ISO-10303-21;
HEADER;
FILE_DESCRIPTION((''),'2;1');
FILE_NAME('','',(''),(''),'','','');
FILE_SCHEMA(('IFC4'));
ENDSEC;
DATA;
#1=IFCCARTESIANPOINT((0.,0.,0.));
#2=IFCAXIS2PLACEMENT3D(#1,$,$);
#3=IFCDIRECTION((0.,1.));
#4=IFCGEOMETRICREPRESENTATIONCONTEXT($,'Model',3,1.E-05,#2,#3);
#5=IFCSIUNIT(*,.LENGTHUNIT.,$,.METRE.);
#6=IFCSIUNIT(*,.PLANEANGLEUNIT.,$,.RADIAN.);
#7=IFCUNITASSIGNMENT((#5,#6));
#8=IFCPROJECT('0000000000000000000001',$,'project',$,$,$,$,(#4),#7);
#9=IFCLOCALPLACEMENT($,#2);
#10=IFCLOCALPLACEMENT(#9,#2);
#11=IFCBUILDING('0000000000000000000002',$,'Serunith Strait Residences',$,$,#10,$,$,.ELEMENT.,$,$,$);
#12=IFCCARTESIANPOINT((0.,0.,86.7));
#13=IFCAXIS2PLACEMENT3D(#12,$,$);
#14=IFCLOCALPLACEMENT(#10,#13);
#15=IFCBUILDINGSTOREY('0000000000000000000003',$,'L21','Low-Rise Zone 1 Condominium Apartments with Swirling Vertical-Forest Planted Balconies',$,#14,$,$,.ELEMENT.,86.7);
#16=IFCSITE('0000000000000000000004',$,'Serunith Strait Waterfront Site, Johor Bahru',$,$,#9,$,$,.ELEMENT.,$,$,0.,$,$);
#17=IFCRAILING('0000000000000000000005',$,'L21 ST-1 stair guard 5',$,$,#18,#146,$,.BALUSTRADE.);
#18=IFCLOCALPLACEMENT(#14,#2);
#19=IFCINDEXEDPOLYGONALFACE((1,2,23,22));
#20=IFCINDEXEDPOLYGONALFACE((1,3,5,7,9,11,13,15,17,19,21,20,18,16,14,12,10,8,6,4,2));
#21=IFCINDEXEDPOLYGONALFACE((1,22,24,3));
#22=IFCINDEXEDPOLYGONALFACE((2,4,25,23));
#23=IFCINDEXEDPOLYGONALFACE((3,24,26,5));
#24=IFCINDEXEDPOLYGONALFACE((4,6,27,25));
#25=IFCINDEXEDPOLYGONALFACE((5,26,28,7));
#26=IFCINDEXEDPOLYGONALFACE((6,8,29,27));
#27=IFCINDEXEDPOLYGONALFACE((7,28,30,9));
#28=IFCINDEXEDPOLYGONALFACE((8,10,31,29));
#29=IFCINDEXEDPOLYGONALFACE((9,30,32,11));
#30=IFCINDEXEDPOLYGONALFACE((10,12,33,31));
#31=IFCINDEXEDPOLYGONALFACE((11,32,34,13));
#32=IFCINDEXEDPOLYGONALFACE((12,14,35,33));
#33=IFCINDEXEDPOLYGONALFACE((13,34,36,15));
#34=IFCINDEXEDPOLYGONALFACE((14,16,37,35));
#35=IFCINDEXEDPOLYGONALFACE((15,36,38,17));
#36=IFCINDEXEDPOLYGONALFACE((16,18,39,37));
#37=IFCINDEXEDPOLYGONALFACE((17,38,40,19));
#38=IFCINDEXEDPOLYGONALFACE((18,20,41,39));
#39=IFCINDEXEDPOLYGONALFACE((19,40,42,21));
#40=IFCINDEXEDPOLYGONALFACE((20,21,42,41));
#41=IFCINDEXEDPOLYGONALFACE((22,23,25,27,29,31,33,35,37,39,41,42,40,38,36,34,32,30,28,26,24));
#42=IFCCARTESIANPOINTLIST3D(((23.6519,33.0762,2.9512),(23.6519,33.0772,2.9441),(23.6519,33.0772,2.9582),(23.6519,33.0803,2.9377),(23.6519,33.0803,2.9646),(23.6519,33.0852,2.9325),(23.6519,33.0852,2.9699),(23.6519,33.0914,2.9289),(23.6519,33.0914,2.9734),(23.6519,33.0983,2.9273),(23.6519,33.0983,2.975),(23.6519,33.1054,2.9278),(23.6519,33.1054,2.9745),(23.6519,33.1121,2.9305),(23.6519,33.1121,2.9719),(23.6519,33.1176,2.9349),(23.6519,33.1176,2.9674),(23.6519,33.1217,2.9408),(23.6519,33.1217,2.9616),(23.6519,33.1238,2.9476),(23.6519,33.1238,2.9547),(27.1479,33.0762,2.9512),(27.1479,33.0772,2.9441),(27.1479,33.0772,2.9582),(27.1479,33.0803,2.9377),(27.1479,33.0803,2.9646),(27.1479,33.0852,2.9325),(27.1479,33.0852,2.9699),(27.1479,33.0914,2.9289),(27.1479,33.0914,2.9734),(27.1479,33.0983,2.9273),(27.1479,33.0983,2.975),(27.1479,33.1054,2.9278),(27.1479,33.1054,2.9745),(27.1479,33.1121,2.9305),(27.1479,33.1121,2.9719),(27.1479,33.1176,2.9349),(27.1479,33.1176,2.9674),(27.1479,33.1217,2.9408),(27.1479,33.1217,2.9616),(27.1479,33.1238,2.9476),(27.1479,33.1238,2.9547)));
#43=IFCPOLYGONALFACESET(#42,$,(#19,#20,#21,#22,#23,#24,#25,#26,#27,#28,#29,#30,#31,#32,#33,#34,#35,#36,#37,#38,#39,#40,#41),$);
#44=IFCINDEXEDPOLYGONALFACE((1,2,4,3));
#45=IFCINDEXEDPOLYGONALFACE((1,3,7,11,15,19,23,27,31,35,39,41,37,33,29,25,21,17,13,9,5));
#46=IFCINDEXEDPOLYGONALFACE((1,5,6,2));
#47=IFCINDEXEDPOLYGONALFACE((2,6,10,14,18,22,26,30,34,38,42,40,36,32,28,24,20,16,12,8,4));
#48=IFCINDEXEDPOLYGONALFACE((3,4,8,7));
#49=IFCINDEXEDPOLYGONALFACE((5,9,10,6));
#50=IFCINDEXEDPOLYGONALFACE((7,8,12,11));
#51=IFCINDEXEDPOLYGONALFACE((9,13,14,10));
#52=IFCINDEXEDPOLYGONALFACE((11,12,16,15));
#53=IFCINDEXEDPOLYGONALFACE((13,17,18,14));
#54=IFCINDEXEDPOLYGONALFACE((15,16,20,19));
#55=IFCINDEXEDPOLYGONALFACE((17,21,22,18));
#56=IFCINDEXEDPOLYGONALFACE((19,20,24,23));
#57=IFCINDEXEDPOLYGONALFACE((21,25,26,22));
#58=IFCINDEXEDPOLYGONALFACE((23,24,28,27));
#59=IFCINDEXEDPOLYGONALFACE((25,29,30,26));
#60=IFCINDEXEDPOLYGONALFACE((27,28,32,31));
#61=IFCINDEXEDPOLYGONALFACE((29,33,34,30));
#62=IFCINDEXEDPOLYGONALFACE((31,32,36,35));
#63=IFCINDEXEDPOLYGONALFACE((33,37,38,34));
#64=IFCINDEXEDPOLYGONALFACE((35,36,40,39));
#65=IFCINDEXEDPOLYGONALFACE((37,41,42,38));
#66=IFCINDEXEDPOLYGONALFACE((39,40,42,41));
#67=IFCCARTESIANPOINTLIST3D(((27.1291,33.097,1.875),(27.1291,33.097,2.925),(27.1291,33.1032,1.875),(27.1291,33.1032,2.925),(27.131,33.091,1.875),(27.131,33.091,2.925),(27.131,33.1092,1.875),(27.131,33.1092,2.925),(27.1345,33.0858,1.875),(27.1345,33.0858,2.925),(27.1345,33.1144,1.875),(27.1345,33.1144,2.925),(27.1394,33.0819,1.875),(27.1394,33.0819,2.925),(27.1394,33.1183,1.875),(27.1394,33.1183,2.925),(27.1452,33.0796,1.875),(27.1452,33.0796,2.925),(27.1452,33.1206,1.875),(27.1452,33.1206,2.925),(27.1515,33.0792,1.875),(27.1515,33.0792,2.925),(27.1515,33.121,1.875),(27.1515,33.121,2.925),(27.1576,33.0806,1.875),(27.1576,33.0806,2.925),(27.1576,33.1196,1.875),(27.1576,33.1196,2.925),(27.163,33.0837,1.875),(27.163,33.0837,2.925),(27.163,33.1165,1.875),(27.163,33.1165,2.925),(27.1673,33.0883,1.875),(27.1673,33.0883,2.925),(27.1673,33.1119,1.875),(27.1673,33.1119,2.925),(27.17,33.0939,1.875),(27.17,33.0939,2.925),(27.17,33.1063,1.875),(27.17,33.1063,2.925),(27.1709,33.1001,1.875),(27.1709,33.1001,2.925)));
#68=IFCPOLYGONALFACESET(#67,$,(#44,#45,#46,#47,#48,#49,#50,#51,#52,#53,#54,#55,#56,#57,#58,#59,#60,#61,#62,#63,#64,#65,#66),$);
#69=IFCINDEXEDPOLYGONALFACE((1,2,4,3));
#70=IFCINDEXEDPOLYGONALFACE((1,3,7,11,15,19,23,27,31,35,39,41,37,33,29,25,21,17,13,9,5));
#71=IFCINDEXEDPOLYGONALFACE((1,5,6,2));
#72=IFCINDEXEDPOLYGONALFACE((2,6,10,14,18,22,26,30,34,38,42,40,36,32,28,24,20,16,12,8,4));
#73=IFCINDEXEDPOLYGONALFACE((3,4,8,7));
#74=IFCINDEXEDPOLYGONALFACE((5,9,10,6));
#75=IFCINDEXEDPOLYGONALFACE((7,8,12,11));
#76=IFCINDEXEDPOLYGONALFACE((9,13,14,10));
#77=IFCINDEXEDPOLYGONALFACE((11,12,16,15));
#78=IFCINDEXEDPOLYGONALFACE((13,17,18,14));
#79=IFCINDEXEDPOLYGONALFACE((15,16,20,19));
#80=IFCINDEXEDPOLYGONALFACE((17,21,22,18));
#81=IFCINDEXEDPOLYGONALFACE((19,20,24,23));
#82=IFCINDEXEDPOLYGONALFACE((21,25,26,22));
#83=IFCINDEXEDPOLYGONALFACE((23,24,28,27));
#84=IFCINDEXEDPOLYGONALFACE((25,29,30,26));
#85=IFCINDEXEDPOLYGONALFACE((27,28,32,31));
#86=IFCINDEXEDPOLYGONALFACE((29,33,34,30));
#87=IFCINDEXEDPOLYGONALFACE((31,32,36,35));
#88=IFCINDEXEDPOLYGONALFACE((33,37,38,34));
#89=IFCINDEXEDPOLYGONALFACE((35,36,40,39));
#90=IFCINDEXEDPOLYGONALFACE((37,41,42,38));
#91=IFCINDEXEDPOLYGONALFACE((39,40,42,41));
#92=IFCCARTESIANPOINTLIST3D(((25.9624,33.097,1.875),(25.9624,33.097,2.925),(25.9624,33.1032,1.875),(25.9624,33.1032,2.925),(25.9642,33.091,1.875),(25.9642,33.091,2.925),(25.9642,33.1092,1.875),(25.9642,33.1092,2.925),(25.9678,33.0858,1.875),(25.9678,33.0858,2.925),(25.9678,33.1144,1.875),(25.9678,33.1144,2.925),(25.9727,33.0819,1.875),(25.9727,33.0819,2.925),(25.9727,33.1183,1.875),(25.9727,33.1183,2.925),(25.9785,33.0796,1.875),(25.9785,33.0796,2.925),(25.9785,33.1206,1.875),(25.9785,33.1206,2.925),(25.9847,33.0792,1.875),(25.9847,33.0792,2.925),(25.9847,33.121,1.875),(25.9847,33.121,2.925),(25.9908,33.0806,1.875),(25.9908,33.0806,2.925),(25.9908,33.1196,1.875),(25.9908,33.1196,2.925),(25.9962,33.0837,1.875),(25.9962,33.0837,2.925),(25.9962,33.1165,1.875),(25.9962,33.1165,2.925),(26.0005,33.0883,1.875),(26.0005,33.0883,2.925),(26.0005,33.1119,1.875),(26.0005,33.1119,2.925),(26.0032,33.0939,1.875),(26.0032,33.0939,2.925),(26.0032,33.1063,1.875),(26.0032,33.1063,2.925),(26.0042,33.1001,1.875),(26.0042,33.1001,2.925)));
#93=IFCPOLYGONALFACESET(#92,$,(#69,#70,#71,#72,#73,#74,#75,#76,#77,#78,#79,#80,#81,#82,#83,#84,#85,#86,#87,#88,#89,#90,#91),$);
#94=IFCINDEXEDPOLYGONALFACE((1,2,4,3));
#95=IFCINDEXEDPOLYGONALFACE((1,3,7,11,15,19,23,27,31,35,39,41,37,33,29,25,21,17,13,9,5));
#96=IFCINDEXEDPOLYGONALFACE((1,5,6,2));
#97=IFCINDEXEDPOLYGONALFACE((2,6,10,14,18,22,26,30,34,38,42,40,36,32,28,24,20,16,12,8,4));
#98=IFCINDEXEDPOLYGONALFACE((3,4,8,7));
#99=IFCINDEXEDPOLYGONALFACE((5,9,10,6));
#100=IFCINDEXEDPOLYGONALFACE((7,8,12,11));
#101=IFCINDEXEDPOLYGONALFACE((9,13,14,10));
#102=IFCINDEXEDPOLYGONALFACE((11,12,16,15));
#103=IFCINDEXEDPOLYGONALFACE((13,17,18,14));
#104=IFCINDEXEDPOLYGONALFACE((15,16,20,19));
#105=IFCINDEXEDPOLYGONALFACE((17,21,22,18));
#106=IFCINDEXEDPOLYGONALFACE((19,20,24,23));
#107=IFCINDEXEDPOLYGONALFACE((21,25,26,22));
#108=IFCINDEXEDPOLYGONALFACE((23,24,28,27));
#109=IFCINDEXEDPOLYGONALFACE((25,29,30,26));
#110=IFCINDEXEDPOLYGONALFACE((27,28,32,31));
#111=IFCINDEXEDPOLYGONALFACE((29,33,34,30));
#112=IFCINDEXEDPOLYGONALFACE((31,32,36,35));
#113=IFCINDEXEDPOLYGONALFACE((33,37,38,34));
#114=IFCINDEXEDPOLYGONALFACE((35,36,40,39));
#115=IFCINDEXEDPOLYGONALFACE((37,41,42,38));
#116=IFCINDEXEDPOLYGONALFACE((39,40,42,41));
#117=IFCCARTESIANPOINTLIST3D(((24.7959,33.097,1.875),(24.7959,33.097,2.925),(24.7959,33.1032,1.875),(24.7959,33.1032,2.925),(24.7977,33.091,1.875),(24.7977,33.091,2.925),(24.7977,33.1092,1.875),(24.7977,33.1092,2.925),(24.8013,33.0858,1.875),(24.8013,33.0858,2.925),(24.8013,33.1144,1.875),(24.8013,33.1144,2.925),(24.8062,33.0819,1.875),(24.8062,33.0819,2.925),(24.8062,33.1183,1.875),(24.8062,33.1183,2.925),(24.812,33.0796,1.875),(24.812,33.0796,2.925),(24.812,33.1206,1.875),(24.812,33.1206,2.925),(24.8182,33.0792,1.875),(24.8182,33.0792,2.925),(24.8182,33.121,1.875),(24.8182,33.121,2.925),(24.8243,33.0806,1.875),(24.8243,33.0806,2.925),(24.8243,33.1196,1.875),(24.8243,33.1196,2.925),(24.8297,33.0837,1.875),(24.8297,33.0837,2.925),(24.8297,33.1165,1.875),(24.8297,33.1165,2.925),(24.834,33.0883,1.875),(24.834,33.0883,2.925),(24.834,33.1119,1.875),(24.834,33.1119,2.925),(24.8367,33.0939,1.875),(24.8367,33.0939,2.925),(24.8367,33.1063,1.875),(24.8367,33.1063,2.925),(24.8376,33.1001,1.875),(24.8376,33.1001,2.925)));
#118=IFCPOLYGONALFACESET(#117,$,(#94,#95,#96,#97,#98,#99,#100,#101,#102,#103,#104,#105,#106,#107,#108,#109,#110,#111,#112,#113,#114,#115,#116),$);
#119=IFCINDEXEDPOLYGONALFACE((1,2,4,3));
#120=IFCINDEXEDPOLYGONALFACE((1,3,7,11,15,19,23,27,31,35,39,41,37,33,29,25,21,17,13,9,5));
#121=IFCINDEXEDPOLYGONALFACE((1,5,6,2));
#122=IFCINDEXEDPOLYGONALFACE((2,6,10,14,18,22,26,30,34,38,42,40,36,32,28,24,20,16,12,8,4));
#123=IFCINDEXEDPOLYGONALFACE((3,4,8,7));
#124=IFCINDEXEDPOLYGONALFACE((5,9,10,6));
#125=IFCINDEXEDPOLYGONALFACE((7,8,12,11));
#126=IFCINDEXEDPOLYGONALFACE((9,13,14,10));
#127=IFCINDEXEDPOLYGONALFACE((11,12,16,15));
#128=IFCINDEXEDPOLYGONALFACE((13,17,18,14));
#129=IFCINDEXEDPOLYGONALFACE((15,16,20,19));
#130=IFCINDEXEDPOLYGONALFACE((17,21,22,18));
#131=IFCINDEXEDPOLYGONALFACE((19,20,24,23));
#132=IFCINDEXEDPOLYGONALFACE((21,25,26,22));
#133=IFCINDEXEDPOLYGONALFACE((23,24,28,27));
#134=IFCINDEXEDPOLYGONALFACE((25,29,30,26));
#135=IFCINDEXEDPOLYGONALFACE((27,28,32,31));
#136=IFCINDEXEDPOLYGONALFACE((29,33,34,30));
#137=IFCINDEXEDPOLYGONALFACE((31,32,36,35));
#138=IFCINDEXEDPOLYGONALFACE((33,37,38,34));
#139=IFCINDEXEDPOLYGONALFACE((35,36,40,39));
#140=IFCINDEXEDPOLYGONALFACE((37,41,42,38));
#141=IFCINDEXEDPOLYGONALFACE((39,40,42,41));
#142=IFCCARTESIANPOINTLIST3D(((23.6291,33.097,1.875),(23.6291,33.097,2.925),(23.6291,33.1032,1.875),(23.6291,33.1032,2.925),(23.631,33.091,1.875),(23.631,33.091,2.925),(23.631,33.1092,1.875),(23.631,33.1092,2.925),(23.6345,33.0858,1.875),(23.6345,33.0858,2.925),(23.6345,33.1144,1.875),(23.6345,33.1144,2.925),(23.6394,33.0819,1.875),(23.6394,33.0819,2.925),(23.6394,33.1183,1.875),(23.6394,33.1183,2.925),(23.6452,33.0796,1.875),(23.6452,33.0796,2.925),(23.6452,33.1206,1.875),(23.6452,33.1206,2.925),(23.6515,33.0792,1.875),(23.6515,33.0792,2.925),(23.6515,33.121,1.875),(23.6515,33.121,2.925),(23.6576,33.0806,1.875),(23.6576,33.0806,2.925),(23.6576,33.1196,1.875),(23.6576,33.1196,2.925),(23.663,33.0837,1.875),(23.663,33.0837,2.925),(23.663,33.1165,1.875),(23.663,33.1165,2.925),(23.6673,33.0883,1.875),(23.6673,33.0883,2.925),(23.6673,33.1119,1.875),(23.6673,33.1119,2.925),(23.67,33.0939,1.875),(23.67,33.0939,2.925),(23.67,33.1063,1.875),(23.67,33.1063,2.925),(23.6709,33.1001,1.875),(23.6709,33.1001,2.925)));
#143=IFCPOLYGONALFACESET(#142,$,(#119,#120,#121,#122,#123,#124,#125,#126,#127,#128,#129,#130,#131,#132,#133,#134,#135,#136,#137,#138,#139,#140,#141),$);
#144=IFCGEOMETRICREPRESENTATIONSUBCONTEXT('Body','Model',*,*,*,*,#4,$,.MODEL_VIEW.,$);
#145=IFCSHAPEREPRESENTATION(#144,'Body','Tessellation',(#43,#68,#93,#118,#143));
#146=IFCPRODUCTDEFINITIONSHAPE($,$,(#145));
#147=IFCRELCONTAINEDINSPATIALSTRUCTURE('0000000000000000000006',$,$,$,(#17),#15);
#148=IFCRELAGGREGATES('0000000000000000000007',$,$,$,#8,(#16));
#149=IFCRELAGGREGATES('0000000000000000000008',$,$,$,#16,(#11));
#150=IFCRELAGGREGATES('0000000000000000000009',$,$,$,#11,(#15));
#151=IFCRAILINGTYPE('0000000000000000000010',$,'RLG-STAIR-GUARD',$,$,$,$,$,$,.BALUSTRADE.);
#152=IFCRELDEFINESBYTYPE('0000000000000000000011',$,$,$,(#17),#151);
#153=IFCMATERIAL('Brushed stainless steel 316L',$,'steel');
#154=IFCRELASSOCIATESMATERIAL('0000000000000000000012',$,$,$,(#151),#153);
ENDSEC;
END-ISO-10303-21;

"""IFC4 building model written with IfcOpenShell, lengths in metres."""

from ifc_helpers import new_model, si_unit, direction, frame, origin, origin_2d, place, context, subcontext, project, spatial, circle, extrude, material, type_object, element, save


model = new_model("IFC4")

# Units and contexts
model_context = context("Model", 3, precision=1e-05, world=origin(), true_north=direction((0.0, 1.0)))
body_context = subcontext(model_context, "Body", "Model", "MODEL_VIEW")
ifc_project = project(units=[si_unit("LENGTHUNIT", "METRE"), si_unit("PLANEANGLEUNIT", "RADIAN")], contexts=[model_context])

# Site, building, storey
site_placement = place(None, origin())
site = spatial("IfcSite", under=ifc_project, at=site_placement, Name="Serunith Strait Waterfront Site, Johor Bahru", CompositionType="ELEMENT", RefElevation=0.0)
building_placement = place(site_placement, origin())
building = spatial("IfcBuilding", under=site, at=building_placement, Name="Serunith Strait Residences", CompositionType="ELEMENT")
storey_placement = place(building_placement, frame((0.0, 0.0, 86.7)))
storey = spatial("IfcBuildingStorey", under=building, at=storey_placement, Name="L21", Description="Low-Rise Zone 1 Condominium Apartments with Swirling Vertical-Forest Planted Balconies", CompositionType="ELEMENT", Elevation=86.7)

# Railing
ifc_material_1 = material(Name="Brushed stainless steel 316L", Category="steel")
railing_type_1 = type_object("IfcRailingType", Name="RLG-STAIR-GUARD", PredefinedType="BALUSTRADE", material=ifc_material_1)
railing_1_placement = place(storey_placement, frame((27.1499, 33.1001, 1.875)))
element("IfcRailing", 1, at=railing_1_placement, inside=storey, type_object=railing_type_1, Name="L21 ST-1 stair guard 5", PredefinedType="BALUSTRADE", context=body_context, shape_type="SweptSolid", body=[
    extrude(circle(Radius=0.0239, at=origin_2d()), frame((-0.002, 0.0, 1.0762), z_axis=(-1.0, 0.0, 0.0), x_axis=(0.0, -1.0, 0.0)), (0.0, 0.0, 1.0), 3.4961),
    extrude(circle(Radius=0.021, at=origin_2d()), origin(), (0.0, 0.0, 1.0), 1.05),
    extrude(circle(Radius=0.021, at=origin_2d()), frame((-1.1667, 0.0, 0.0)), (0.0, 0.0, 1.0), 1.05),
    extrude(circle(Radius=0.021, at=origin_2d()), frame((-2.3333, 0.0, 0.0)), (0.0, 0.0, 1.0), 1.05),
    extrude(circle(Radius=0.021, at=origin_2d()), frame((-3.5, 0.0, 0.0)), (0.0, 0.0, 1.0), 1.05),
])

save(model, "model.ifc")
